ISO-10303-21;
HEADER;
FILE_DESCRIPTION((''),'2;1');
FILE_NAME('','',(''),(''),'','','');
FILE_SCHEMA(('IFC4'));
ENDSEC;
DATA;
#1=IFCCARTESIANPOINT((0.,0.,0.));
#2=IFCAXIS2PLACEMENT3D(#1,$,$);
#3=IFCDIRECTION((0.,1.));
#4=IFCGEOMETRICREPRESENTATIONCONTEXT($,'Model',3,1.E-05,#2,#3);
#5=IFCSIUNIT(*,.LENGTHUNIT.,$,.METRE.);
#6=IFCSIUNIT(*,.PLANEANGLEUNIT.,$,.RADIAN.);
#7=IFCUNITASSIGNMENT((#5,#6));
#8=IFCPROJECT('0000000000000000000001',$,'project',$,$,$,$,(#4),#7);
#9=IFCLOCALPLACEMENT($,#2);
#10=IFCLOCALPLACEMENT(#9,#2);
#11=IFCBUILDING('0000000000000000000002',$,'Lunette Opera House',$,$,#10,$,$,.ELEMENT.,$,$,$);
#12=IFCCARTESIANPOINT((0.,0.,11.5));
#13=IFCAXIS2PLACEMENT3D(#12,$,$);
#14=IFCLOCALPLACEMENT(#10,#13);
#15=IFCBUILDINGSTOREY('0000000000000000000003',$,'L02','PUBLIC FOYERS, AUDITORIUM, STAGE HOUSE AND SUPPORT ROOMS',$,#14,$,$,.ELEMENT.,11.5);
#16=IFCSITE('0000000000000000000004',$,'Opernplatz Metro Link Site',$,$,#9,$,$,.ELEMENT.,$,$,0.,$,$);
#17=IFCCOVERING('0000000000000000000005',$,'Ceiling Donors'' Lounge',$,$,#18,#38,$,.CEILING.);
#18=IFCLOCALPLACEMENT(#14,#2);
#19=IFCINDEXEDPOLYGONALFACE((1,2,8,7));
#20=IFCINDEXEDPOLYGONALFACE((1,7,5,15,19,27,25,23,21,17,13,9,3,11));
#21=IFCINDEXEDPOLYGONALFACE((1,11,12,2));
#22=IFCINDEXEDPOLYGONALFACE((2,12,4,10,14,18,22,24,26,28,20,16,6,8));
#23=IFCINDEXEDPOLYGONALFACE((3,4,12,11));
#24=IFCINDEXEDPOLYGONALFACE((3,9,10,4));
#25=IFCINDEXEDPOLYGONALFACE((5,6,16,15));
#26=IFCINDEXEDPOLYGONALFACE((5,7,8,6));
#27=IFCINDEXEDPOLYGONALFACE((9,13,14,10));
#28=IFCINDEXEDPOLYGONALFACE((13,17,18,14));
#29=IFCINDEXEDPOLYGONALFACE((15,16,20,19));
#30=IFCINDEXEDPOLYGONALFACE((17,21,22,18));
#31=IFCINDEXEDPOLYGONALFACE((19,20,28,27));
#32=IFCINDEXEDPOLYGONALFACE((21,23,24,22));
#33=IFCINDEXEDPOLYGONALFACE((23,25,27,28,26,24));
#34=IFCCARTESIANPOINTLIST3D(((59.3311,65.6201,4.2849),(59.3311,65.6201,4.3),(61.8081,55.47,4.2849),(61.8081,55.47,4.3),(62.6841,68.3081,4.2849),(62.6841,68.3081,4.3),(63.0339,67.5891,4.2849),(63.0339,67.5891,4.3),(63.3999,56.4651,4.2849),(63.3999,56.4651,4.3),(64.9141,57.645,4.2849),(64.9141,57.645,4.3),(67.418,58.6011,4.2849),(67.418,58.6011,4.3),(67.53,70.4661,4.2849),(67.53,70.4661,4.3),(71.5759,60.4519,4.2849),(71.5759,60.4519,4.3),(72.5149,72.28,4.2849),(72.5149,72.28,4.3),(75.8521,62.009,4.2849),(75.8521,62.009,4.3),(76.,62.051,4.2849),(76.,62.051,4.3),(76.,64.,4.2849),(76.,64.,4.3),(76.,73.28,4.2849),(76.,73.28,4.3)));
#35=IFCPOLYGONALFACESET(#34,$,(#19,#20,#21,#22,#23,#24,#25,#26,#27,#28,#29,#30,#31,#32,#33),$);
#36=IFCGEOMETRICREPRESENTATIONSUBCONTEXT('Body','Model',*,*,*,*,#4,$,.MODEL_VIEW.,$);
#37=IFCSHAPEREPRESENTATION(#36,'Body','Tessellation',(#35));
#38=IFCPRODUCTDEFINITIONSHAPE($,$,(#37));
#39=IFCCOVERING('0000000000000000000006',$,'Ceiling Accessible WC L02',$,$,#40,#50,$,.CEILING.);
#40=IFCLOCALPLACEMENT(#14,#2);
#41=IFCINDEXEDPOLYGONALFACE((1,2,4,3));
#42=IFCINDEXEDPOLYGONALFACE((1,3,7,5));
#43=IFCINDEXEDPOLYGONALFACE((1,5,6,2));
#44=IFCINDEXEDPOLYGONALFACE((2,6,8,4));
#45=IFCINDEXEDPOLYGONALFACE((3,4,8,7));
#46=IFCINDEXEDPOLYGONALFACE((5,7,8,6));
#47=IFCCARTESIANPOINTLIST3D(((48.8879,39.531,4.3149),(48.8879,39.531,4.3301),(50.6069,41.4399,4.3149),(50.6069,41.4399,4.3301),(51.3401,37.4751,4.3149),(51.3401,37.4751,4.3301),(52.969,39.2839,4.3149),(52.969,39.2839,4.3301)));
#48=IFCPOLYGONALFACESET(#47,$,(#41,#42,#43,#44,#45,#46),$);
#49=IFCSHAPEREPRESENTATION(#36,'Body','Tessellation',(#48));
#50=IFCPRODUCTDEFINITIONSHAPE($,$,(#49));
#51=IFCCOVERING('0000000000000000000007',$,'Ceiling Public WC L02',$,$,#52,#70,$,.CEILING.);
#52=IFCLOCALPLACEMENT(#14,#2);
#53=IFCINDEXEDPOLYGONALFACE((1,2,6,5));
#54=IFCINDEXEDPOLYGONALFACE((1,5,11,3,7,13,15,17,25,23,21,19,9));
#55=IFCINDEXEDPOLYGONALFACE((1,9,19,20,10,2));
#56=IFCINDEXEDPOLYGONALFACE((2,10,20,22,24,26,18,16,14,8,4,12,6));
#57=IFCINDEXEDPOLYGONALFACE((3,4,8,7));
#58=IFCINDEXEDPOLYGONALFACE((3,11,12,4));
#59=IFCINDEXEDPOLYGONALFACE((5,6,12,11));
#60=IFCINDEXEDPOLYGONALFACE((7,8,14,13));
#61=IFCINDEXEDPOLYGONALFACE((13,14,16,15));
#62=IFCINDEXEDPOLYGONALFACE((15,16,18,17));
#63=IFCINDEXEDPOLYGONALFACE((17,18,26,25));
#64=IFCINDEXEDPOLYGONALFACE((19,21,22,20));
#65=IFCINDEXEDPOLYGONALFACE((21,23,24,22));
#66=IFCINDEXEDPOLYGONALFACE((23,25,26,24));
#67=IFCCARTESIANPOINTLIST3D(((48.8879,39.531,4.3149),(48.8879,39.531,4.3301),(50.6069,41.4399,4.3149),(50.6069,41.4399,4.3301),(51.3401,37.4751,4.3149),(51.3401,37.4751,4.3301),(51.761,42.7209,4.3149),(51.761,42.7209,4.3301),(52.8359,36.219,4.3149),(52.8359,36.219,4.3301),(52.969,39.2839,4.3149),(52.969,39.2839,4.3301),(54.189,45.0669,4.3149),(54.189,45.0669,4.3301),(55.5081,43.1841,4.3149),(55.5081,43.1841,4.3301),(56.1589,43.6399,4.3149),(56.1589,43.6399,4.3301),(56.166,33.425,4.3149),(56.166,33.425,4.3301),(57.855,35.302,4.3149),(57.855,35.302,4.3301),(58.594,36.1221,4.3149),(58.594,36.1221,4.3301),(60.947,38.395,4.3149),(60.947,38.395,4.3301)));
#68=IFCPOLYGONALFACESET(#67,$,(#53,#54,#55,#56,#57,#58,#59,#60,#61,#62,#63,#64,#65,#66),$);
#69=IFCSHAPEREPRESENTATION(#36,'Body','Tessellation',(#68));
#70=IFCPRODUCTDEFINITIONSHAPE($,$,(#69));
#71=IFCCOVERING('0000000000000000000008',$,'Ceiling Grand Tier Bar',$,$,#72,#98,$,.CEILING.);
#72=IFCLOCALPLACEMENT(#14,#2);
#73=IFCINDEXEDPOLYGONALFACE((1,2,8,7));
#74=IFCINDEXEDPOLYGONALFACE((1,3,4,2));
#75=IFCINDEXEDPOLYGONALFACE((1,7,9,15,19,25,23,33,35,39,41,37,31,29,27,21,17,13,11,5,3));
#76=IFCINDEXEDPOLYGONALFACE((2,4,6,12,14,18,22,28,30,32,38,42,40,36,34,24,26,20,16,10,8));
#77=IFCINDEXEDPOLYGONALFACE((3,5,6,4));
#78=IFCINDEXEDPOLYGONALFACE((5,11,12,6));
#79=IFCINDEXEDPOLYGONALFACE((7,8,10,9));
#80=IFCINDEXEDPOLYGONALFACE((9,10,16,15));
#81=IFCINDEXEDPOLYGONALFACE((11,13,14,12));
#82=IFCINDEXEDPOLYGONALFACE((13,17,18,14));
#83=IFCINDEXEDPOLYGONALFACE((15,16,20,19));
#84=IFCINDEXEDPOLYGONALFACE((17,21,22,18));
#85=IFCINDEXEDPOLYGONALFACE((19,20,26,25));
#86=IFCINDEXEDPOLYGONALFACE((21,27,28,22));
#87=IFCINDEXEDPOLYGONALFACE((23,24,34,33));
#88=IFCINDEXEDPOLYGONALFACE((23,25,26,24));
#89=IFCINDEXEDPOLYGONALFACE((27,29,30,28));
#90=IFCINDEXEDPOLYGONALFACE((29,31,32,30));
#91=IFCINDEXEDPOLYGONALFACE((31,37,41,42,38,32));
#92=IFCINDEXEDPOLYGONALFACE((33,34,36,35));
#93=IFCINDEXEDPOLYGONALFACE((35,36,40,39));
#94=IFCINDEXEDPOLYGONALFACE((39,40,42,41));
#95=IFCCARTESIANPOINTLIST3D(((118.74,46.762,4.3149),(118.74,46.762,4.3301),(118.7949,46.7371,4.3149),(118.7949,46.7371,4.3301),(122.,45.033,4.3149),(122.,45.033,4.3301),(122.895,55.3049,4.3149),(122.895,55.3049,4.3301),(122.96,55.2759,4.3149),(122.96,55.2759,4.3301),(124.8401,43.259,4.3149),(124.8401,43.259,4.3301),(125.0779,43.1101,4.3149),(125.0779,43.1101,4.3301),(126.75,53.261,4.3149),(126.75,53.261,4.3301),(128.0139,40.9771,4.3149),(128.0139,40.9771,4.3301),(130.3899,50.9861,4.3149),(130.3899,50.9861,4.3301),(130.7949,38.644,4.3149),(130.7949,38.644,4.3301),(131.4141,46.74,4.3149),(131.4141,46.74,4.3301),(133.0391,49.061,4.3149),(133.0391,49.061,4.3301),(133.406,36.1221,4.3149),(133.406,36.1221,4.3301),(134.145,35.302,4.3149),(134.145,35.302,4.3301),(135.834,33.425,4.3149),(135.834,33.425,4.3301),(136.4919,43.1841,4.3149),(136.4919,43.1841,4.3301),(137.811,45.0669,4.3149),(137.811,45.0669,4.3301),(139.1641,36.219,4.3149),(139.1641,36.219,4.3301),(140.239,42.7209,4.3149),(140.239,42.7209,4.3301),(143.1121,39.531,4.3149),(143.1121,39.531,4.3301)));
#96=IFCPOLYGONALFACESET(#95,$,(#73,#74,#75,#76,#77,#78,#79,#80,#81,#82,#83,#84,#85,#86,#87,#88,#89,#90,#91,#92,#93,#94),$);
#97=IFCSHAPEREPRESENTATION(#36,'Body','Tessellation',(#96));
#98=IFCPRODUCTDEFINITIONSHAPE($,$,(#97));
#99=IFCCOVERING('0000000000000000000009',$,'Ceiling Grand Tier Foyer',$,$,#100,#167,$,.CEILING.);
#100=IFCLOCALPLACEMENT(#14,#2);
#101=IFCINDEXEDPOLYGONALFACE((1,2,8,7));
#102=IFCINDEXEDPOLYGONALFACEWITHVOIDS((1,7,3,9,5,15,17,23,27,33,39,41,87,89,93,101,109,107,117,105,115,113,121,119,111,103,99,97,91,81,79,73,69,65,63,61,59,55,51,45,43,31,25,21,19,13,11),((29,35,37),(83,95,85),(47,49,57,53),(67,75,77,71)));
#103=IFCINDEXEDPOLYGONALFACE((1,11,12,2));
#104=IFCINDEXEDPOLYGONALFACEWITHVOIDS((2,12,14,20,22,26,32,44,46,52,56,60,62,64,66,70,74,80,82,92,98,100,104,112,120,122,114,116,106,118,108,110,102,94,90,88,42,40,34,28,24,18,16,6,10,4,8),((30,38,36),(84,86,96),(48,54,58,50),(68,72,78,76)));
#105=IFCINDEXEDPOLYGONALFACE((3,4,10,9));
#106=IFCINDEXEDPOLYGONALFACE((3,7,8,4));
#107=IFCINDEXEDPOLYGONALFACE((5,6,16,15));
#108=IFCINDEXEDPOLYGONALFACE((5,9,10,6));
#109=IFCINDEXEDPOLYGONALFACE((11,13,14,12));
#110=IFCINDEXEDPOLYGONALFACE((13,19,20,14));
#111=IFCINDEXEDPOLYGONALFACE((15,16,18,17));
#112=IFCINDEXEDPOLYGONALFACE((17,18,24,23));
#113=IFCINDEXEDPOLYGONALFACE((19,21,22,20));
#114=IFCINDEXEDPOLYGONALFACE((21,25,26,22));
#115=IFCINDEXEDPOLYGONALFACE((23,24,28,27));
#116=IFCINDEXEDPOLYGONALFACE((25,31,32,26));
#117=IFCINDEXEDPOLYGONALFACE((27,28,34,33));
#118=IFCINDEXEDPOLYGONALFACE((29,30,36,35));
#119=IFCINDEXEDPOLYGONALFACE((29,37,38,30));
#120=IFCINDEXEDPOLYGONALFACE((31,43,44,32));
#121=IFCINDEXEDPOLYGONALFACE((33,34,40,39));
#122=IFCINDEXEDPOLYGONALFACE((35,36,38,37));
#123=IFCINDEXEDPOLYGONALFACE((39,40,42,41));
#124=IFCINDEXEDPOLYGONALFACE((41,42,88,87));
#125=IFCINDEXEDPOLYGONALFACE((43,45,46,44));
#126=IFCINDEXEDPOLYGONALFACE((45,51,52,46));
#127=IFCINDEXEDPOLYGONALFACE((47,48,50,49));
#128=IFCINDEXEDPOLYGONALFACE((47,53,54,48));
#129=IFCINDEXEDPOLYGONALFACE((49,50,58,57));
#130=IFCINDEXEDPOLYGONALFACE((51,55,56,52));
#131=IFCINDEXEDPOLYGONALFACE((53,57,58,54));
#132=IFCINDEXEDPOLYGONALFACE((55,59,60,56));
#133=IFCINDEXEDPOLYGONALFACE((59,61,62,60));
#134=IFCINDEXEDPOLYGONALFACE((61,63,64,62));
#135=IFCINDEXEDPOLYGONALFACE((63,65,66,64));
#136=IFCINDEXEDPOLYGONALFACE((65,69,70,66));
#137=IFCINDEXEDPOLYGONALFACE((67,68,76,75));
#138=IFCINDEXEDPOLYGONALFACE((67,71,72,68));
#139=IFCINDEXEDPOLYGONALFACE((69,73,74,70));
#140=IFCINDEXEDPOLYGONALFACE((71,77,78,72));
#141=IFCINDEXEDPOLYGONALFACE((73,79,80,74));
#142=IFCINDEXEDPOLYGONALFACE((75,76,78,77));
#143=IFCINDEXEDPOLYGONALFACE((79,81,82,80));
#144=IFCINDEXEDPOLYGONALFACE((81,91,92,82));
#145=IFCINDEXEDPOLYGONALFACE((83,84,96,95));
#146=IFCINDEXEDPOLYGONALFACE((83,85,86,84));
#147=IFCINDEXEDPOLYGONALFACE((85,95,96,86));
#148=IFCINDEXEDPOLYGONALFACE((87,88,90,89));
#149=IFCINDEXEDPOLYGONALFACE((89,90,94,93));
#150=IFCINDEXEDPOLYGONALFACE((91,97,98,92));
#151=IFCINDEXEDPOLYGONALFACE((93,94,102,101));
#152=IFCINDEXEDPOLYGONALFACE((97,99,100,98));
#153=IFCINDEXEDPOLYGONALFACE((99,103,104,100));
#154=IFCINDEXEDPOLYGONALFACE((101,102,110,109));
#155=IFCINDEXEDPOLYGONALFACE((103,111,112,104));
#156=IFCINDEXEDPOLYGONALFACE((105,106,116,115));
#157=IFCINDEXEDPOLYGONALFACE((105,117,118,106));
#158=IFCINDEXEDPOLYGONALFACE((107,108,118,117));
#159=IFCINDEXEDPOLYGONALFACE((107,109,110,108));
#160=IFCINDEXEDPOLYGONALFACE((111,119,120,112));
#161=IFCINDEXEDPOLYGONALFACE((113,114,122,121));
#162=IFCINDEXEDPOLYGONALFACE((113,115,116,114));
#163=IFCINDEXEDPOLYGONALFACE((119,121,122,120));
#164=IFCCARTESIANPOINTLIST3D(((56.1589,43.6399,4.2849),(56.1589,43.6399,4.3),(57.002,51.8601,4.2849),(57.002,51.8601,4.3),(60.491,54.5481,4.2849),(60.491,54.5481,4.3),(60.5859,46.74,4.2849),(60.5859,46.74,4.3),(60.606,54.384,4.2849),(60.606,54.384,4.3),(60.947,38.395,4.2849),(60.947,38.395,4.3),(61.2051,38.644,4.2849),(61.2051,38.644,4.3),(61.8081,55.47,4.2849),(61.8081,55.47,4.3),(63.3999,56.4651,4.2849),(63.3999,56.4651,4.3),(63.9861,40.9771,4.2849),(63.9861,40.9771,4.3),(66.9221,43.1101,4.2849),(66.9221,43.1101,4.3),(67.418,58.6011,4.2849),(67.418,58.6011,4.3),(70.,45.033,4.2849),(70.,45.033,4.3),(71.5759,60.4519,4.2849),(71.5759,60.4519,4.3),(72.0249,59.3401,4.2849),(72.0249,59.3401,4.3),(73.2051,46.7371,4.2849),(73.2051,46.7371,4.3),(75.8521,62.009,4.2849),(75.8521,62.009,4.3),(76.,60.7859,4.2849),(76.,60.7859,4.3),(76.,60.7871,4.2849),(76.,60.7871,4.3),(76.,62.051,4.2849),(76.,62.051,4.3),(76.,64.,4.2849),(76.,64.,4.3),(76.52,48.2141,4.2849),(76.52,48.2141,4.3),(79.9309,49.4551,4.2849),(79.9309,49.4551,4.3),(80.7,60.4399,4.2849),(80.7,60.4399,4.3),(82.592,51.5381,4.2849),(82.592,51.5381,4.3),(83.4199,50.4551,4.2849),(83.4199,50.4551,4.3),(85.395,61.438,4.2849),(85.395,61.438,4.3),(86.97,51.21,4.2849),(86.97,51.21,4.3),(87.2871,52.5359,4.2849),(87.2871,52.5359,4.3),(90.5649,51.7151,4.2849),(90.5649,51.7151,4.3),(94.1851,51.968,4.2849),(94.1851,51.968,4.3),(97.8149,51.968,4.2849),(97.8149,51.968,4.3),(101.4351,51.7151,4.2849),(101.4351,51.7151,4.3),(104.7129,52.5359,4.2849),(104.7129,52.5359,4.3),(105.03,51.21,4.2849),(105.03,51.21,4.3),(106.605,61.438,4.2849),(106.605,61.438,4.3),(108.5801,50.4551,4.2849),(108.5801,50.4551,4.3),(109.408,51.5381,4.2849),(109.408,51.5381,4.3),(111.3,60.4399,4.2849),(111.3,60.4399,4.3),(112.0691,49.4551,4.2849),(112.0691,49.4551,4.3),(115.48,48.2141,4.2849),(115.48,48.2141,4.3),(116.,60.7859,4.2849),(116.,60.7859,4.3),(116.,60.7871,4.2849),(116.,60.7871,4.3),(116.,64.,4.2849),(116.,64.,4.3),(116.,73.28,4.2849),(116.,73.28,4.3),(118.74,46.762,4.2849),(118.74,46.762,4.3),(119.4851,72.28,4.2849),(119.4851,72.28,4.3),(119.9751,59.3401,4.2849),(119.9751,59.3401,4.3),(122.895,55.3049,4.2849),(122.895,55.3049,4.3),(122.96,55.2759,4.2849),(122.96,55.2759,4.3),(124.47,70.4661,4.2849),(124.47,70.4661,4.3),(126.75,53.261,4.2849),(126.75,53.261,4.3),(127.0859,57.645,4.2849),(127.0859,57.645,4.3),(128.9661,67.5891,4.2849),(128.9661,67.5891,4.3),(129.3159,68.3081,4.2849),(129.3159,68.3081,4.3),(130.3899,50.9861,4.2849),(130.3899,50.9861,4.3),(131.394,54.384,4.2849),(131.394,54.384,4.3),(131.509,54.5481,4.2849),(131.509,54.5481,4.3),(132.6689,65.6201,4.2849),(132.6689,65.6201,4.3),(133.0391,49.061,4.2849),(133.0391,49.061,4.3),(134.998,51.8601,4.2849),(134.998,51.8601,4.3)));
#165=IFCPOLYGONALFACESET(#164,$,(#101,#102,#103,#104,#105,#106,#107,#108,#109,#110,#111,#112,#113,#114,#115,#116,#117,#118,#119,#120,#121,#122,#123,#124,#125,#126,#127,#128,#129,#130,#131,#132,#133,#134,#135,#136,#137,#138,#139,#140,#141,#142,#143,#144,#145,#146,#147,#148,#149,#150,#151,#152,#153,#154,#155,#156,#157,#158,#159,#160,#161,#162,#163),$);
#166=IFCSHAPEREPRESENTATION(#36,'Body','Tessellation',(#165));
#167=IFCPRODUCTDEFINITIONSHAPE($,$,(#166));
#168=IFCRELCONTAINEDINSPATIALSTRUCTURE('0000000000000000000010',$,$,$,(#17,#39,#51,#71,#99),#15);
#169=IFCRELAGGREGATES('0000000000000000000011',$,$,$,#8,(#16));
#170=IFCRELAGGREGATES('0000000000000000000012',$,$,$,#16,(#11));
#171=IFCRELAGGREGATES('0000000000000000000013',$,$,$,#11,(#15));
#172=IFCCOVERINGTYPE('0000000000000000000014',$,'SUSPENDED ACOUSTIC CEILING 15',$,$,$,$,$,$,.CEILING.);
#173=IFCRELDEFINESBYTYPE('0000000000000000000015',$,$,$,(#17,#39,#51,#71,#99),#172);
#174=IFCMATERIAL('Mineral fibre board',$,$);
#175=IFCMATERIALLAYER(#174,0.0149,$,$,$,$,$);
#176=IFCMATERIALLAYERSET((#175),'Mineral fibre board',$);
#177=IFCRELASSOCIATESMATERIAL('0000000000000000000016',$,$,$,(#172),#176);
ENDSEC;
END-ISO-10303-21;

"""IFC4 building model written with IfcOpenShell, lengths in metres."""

from ifc_helpers import new_model, si_unit, direction, frame, origin, place, context, subcontext, project, spatial, polyline, outline, extrude, material, layer, layer_set, type_object, element, save


model = new_model("IFC4")

# Units and contexts
model_context = context("Model", 3, precision=1e-05, world=origin(), true_north=direction((0.0, 1.0)))
body_context = subcontext(model_context, "Body", "Model", "MODEL_VIEW")
ifc_project = project(units=[si_unit("LENGTHUNIT", "METRE"), si_unit("PLANEANGLEUNIT", "RADIAN")], contexts=[model_context])

# Site, building, storey
site_placement = place(None, origin())
site = spatial("IfcSite", under=ifc_project, at=site_placement, Name="Opernplatz Metro Link Site", CompositionType="ELEMENT", RefElevation=0.0)
building_placement = place(site_placement, origin())
building = spatial("IfcBuilding", under=site, at=building_placement, Name="Lunette Opera House", CompositionType="ELEMENT")
storey_placement = place(building_placement, frame((0.0, 0.0, 11.5)))
storey = spatial("IfcBuildingStorey", under=building, at=storey_placement, Name="L02", Description="PUBLIC FOYERS, AUDITORIUM, STAGE HOUSE AND SUPPORT ROOMS", CompositionType="ELEMENT", Elevation=11.5)

# Coverings
ifc_material_1 = material(Name="Mineral fibre board")
ifc_layer_1 = layer(ifc_material_1, 0.0149)
ifc_layer_set_1 = layer_set([ifc_layer_1], Name="Mineral fibre board")
covering_type = type_object("IfcCoveringType", Name="SUSPENDED ACOUSTIC CEILING 15", PredefinedType="CEILING", material=ifc_layer_set_1)
covering_1_placement = place(storey_placement, frame((0.0, 0.0, 4.2849)))
element("IfcCovering", 1, at=covering_1_placement, inside=storey, type_object=covering_type, Name="Ceiling Donors' Lounge", PredefinedType="CEILING", context=body_context, shape_type="SweptSolid", body=[
    extrude(outline(polyline([(62.6841, 68.3081), (67.53, 70.4661), (72.5149, 72.28), (76.0, 73.28), (76.0, 64.0), (76.0, 62.051), (75.8521, 62.009), (71.5759, 60.4519), (67.418, 58.6011), (63.3999, 56.4651), (61.8081, 55.47), (64.9141, 57.645), (59.3311, 65.6201), (63.0339, 67.5891), (62.6841, 68.3081)])), origin(), (0.0, 0.0, 1.0), 0.0151),
])
covering_2_placement = place(storey_placement, frame((0.0, 0.0, 4.3149)))
element("IfcCovering", 2, at=covering_2_placement, inside=storey, type_object=covering_type, Name="Ceiling Accessible WC L02", PredefinedType="CEILING", context=body_context, shape_type="SweptSolid", body=[
    extrude(outline(polyline([(51.3401, 37.4751), (48.8879, 39.531), (50.6069, 41.4399), (52.969, 39.2839), (51.3401, 37.4751)])), origin(), (0.0, 0.0, 1.0), 0.0151),
])
covering_3_placement = place(storey_placement, frame((0.0, 0.0, 4.3149)))
element("IfcCovering", 3, at=covering_3_placement, inside=storey, type_object=covering_type, Name="Ceiling Public WC L02", PredefinedType="CEILING", context=body_context, shape_type="SweptSolid", body=[
    extrude(outline(polyline([(56.166, 33.425), (52.8359, 36.219), (48.8879, 39.531), (51.3401, 37.4751), (52.969, 39.2839), (50.6069, 41.4399), (51.761, 42.7209), (54.189, 45.0669), (55.5081, 43.1841), (56.1589, 43.6399), (60.947, 38.395), (58.594, 36.1221), (57.855, 35.302), (56.166, 33.425)])), origin(), (0.0, 0.0, 1.0), 0.0151),
])
covering_4_placement = place(storey_placement, frame((0.0, 0.0, 4.3149)))
element("IfcCovering", 4, at=covering_4_placement, inside=storey, type_object=covering_type, Name="Ceiling Grand Tier Bar", PredefinedType="CEILING", context=body_context, shape_type="SweptSolid", body=[
    extrude(outline(polyline([(126.75, 53.261), (130.3899, 50.9861), (133.0391, 49.061), (131.4141, 46.74), (136.4919, 43.1841), (137.811, 45.0669), (140.239, 42.7209), (143.1121, 39.531), (139.1641, 36.219), (135.834, 33.425), (134.145, 35.302), (133.406, 36.1221), (130.7949, 38.644), (128.0139, 40.9771), (125.0779, 43.1101), (124.8401, 43.259), (122.0, 45.033), (118.7949, 46.7371), (118.74, 46.762), (122.895, 55.3049), (122.96, 55.2759), (126.75, 53.261)])), origin(), (0.0, 0.0, 1.0), 0.0151),
])
covering_5_placement = place(storey_placement, frame((0.0, 0.0, 4.2849)))
element("IfcCovering", 5, at=covering_5_placement, inside=storey, type_object=covering_type, Name="Ceiling Grand Tier Foyer", PredefinedType="CEILING", context=body_context, shape_type="SweptSolid", body=[
    extrude(outline(polyline([(56.1589, 43.6399), (60.5859, 46.74), (57.002, 51.8601), (60.606, 54.384), (60.491, 54.5481), (61.8081, 55.47), (63.3999, 56.4651), (67.418, 58.6011), (71.5759, 60.4519), (75.8521, 62.009), (76.0, 62.051), (76.0, 64.0), (116.0, 64.0), (116.0, 73.28), (119.4851, 72.28), (124.47, 70.4661), (129.3159, 68.3081), (128.9661, 67.5891), (132.6689, 65.6201), (127.0859, 57.645), (131.509, 54.5481), (131.394, 54.384), (134.998, 51.8601), (133.0391, 49.061), (130.3899, 50.9861), (126.75, 53.261), (122.96, 55.2759), (122.895, 55.3049), (118.74, 46.762), (115.48, 48.2141), (112.0691, 49.4551), (108.5801, 50.4551), (105.03, 51.21), (101.4351, 51.7151), (97.8149, 51.968), (94.1851, 51.968), (90.5649, 51.7151), (86.97, 51.21), (83.4199, 50.4551), (79.9309, 49.4551), (76.52, 48.2141), (73.2051, 46.7371), (70.0, 45.033), (66.9221, 43.1101), (63.9861, 40.9771), (61.2051, 38.644), (60.947, 38.395), (56.1589, 43.6399)]), holes=[polyline([(119.9751, 59.3401), (116.0, 60.7871), (116.0, 60.7859), (119.9751, 59.3401)]), polyline([(106.605, 61.438), (104.7129, 52.5359), (109.408, 51.5381), (111.3, 60.4399), (106.605, 61.438)]), polyline([(80.7, 60.4399), (82.592, 51.5381), (87.2871, 52.5359), (85.395, 61.438), (80.7, 60.4399)]), polyline([(76.0, 60.7859), (76.0, 60.7871), (72.0249, 59.3401), (76.0, 60.7859)])]), origin(), (0.0, 0.0, 1.0), 0.0151),
])

save(model, "model.ifc")
